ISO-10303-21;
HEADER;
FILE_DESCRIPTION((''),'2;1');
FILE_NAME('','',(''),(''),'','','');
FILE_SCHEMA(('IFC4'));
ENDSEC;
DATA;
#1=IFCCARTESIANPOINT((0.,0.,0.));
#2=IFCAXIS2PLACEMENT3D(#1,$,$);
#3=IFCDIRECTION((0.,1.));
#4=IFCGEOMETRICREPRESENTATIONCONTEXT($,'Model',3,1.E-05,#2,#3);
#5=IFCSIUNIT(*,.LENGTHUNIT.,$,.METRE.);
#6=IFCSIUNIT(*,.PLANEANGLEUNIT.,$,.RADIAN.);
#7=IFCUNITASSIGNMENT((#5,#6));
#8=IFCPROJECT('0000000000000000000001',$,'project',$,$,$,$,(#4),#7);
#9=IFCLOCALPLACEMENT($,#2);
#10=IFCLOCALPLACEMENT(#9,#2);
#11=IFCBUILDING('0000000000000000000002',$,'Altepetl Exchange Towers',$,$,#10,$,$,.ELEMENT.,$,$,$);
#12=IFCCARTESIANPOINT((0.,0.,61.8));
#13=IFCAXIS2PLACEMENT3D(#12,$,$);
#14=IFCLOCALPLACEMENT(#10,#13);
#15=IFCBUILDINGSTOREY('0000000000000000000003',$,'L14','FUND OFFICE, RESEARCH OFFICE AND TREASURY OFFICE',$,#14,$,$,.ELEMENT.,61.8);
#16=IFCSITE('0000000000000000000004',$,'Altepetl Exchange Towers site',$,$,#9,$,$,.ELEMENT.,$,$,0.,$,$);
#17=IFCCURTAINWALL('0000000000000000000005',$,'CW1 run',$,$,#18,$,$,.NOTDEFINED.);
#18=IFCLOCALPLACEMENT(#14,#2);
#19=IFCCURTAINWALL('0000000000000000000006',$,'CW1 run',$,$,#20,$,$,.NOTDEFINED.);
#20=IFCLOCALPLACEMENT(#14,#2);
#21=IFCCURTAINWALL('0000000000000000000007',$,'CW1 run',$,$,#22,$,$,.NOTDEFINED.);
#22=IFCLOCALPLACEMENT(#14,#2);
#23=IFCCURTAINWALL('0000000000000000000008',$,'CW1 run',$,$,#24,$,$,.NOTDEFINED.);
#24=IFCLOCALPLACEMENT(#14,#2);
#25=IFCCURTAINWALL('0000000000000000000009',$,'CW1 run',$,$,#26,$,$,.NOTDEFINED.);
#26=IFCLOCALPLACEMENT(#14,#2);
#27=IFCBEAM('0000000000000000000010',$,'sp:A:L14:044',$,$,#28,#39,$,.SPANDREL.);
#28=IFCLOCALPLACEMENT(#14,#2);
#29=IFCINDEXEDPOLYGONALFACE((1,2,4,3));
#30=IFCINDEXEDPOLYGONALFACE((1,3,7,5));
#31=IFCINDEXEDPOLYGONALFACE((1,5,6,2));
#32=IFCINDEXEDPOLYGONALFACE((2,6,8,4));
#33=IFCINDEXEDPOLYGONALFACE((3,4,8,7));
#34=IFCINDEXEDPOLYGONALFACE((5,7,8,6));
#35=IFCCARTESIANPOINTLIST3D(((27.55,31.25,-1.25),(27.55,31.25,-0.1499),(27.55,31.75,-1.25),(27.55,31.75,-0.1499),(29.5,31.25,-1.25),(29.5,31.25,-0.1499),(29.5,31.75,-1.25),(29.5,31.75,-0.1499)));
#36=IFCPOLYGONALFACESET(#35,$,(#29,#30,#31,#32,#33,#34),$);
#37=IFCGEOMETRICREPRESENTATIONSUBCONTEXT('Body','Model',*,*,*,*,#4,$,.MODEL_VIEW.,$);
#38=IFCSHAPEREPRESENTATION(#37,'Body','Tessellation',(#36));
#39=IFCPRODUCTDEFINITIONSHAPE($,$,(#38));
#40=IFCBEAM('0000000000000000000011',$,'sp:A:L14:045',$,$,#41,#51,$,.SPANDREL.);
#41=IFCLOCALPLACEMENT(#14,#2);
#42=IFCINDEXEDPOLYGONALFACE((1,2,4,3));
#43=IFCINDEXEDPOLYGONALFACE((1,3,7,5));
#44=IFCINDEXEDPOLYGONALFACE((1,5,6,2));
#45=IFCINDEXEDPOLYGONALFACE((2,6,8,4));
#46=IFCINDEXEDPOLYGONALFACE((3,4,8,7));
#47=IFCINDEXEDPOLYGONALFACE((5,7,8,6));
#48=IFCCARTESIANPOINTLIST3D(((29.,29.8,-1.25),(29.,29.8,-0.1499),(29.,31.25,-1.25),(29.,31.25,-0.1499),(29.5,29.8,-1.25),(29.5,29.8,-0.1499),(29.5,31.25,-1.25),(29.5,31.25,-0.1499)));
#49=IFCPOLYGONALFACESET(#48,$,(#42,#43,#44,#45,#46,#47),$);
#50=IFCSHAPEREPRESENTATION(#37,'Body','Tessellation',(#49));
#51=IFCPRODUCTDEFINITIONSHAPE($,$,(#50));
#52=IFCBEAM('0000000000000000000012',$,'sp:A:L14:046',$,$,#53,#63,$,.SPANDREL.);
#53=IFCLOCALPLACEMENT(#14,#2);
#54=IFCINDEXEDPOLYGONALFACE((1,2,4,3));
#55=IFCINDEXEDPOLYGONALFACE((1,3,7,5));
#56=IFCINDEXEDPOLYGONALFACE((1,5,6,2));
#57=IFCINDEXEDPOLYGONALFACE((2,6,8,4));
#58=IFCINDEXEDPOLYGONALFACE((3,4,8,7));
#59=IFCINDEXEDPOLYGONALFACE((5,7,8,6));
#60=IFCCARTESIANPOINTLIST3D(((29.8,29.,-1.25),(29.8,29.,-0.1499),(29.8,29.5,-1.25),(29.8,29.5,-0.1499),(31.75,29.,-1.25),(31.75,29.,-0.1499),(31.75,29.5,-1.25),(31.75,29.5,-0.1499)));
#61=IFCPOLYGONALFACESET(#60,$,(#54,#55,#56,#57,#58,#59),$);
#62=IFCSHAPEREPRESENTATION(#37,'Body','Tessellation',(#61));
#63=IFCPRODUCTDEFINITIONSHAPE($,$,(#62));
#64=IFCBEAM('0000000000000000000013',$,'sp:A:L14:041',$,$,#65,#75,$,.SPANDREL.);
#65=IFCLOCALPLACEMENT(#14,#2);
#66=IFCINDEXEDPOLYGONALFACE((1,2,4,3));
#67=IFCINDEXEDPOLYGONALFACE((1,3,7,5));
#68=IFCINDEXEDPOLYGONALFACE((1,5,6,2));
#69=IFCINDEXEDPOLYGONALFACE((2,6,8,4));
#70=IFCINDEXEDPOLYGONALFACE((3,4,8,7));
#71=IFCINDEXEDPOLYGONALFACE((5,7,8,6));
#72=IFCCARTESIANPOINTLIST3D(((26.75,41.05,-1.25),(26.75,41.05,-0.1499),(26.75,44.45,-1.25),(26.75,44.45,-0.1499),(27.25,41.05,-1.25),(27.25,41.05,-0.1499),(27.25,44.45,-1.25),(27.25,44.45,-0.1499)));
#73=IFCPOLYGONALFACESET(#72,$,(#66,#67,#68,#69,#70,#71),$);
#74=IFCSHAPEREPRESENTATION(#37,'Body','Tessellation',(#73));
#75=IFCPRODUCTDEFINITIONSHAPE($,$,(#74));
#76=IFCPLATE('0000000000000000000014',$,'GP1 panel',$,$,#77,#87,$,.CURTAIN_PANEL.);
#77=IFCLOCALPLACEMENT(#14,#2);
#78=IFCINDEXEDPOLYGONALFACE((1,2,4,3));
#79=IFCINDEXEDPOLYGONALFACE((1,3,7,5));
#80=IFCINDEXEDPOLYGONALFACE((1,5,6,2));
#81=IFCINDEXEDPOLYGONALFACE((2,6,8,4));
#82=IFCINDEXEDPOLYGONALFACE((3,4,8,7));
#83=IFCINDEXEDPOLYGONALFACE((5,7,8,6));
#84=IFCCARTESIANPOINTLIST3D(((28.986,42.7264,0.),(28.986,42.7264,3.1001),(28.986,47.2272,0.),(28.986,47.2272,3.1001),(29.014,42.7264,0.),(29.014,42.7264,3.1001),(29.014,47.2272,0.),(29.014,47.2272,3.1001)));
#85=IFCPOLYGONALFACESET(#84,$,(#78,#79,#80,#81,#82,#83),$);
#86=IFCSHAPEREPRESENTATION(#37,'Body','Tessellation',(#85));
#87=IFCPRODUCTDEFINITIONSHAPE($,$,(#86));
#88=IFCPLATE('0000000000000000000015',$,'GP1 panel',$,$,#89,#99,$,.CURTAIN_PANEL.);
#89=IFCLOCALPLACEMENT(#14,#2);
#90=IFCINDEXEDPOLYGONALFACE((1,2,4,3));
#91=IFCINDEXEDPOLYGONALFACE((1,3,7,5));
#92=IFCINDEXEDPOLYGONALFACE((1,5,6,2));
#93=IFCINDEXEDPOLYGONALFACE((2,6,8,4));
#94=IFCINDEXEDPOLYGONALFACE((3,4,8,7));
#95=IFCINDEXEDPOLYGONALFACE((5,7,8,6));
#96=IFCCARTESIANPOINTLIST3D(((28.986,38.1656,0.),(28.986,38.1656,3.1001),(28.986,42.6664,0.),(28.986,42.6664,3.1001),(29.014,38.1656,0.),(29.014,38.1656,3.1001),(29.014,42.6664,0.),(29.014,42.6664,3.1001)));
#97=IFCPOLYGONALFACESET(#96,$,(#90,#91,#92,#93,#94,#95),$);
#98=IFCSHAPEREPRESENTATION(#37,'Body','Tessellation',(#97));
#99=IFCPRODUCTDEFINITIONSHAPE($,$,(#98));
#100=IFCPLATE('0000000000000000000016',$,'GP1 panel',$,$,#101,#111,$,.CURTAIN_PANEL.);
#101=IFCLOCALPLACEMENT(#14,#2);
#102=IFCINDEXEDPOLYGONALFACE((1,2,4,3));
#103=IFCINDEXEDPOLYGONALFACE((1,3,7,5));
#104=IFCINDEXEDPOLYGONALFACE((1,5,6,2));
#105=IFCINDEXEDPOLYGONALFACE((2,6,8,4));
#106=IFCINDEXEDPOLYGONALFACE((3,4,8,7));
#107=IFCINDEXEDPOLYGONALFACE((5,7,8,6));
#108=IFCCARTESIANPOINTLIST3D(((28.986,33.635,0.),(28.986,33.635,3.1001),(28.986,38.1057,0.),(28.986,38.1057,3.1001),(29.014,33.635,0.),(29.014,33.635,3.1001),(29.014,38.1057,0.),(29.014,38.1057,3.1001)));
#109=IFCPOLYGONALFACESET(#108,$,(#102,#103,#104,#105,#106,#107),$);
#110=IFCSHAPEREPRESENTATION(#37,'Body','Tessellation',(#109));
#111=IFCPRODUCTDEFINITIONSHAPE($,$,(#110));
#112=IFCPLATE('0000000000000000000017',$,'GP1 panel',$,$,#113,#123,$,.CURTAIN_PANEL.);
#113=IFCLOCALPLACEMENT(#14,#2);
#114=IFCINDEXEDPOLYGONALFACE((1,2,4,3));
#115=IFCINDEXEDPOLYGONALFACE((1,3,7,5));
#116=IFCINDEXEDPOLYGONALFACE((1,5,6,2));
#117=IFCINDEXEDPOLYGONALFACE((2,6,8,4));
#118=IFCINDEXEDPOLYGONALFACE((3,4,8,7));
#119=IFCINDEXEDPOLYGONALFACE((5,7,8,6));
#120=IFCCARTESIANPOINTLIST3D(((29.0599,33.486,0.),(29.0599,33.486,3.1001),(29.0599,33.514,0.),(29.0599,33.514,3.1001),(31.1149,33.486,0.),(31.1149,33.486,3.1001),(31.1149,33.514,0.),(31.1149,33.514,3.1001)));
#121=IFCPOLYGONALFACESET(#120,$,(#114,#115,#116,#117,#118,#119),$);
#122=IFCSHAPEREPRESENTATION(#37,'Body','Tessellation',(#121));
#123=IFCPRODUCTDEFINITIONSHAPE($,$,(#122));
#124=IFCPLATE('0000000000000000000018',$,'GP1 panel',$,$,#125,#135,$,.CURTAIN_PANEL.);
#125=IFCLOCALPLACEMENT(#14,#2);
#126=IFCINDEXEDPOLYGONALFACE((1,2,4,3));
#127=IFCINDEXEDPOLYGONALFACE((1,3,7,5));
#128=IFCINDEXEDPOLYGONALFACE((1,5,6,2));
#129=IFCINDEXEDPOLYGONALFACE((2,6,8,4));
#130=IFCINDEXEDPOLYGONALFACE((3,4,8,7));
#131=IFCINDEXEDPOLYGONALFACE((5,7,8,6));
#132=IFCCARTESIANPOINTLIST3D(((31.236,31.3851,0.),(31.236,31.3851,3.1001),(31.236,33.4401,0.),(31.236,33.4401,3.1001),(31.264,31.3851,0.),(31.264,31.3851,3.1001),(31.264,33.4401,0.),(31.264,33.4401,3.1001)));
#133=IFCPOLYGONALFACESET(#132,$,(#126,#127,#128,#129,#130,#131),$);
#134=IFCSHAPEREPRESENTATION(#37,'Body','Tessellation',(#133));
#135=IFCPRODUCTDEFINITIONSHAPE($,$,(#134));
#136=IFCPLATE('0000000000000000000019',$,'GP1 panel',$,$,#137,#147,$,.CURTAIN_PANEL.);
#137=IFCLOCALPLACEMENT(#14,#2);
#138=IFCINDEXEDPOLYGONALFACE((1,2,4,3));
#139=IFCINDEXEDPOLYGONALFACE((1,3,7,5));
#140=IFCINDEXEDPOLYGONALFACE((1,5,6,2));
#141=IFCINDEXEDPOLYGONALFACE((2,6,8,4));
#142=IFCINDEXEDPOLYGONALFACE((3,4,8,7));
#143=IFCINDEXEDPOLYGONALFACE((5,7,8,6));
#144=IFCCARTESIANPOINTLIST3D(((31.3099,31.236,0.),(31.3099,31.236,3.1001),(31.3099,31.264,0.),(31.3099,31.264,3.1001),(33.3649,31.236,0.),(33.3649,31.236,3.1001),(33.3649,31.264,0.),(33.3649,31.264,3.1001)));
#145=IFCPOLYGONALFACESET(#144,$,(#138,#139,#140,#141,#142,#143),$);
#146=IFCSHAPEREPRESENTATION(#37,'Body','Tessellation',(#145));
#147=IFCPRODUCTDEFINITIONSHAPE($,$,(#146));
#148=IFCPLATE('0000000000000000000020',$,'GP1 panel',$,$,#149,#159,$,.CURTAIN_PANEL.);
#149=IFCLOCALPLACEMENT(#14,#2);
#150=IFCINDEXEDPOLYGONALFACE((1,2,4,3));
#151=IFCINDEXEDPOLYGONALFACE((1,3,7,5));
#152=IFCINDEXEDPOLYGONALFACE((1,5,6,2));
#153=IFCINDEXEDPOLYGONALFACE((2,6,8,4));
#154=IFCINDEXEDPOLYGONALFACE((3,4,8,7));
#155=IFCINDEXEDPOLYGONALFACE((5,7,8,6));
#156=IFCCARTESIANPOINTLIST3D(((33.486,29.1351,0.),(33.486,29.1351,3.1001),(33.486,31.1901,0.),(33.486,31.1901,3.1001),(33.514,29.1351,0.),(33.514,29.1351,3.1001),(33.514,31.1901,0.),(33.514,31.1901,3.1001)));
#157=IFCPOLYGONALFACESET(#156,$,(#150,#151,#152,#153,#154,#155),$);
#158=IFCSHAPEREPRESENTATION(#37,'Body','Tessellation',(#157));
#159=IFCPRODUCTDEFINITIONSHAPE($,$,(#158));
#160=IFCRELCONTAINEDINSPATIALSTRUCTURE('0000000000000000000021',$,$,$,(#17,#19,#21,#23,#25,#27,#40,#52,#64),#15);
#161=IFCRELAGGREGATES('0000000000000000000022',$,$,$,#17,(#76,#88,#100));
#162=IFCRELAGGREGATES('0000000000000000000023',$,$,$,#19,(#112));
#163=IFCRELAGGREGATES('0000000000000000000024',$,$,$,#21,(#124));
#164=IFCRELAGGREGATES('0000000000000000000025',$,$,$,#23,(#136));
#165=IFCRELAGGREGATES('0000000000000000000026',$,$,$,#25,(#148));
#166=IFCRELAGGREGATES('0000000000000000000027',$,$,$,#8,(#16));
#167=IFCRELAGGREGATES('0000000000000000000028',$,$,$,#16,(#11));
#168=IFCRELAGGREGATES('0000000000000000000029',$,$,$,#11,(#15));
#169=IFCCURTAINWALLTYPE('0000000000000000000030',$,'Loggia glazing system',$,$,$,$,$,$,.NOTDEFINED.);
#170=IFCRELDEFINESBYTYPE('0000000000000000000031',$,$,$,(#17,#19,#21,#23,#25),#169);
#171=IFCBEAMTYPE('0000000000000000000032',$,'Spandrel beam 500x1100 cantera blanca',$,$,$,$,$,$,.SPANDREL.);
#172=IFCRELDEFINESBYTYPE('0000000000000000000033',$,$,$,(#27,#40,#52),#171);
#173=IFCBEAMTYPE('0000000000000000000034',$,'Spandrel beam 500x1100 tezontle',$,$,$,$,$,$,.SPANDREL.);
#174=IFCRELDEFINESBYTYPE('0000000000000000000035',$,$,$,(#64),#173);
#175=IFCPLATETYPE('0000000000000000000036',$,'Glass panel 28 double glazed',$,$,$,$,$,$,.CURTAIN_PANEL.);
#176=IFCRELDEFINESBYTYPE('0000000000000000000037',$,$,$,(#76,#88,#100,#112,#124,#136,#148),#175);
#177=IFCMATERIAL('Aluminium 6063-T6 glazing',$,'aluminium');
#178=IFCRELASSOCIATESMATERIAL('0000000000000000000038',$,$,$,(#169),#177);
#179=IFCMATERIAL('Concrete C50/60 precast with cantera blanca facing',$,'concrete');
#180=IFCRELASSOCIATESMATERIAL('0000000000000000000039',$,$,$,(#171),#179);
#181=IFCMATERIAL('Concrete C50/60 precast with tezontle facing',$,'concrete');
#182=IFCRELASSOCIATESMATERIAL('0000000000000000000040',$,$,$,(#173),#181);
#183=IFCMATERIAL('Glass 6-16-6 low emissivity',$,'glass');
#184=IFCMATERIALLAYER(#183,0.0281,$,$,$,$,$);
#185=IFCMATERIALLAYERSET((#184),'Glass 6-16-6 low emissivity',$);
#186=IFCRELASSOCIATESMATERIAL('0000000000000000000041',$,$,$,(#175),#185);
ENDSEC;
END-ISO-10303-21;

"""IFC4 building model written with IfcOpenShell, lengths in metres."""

from ifc_helpers import new_model, si_unit, direction, frame, origin, origin_2d, place, context, subcontext, project, spatial, rectangle, extrude, material, layer, layer_set, material_profile, profile_set, type_object, element, aggregate, save


model = new_model("IFC4")

# Units and contexts
model_context = context("Model", 3, precision=1e-05, world=origin(), true_north=direction((0.0, 1.0)))
body_context = subcontext(model_context, "Body", "Model", "MODEL_VIEW")
ifc_project = project(units=[si_unit("LENGTHUNIT", "METRE"), si_unit("PLANEANGLEUNIT", "RADIAN")], contexts=[model_context])

# Site, building, storey
site_placement = place(None, origin())
site = spatial("IfcSite", under=ifc_project, at=site_placement, Name="Altepetl Exchange Towers site", CompositionType="ELEMENT", RefElevation=0.0)
building_placement = place(site_placement, origin())
building = spatial("IfcBuilding", under=site, at=building_placement, Name="Altepetl Exchange Towers", CompositionType="ELEMENT")
storey_placement = place(building_placement, frame((0.0, 0.0, 61.8)))
storey = spatial("IfcBuildingStorey", under=building, at=storey_placement, Name="L14", Description="FUND OFFICE, RESEARCH OFFICE AND TREASURY OFFICE", CompositionType="ELEMENT", Elevation=61.8)

# Curtain walls
ifc_material_1 = material(Name="Aluminium 6063-T6 glazing", Category="aluminium")
curtain_wall_type = type_object("IfcCurtainWallType", Name="Loggia glazing system", PredefinedType="NOTDEFINED", material=ifc_material_1)
curtain_wall_1_placement = place(storey_placement, origin())
curtain_wall_1 = element("IfcCurtainWall", 1, at=curtain_wall_1_placement, inside=storey, type_object=curtain_wall_type, Name="CW1 run", PredefinedType="NOTDEFINED")
curtain_wall_2_placement = place(storey_placement, origin())
curtain_wall_2 = element("IfcCurtainWall", 2, at=curtain_wall_2_placement, inside=storey, type_object=curtain_wall_type, Name="CW1 run", PredefinedType="NOTDEFINED")
curtain_wall_3_placement = place(storey_placement, origin())
curtain_wall_3 = element("IfcCurtainWall", 3, at=curtain_wall_3_placement, inside=storey, type_object=curtain_wall_type, Name="CW1 run", PredefinedType="NOTDEFINED")
curtain_wall_4_placement = place(storey_placement, origin())
curtain_wall_4 = element("IfcCurtainWall", 4, at=curtain_wall_4_placement, inside=storey, type_object=curtain_wall_type, Name="CW1 run", PredefinedType="NOTDEFINED")

# Curtain wall
curtain_wall_5_placement = place(storey_placement, origin())
curtain_wall_5 = element("IfcCurtainWall", 5, at=curtain_wall_5_placement, inside=storey, type_object=curtain_wall_type, Name="CW1 run", PredefinedType="NOTDEFINED")

# Beams
ifc_material_2 = material(Name="Concrete C50/60 precast with cantera blanca facing", Category="concrete")
ifc_material_profile_1 = material_profile(ifc_material_2, rectangle(XDim=0.5, YDim=1.1001, at=origin_2d()), Name="500 x 1100")
ifc_profile_set_1 = profile_set([ifc_material_profile_1], Name="Concrete C50/60 precast with cantera blanca facing")
beam_type_1 = type_object("IfcBeamType", Name="Spandrel beam 500x1100 cantera blanca", PredefinedType="SPANDREL", material=ifc_profile_set_1)
beam_1_placement = place(storey_placement, frame((27.55, 31.5, -0.7), z_axis=(1.0, 0.0, 0.0), x_axis=(0.0, 1.0, 0.0)))
element("IfcBeam", 6, at=beam_1_placement, inside=storey, type_object=beam_type_1, Name="sp:A:L14:044", PredefinedType="SPANDREL", context=body_context, shape_type="SweptSolid", body=[
    extrude(rectangle(XDim=0.5, YDim=1.1001, at=origin_2d()), origin(), (0.0, 0.0, 1.0), 1.95),
])
beam_2_placement = place(storey_placement, frame((29.25, 31.25, -0.7), z_axis=(0.0, -1.0, 0.0), x_axis=(1.0, 0.0, 0.0)))
element("IfcBeam", 7, at=beam_2_placement, inside=storey, type_object=beam_type_1, Name="sp:A:L14:045", PredefinedType="SPANDREL", context=body_context, shape_type="SweptSolid", body=[
    extrude(rectangle(XDim=0.5, YDim=1.1001, at=origin_2d()), origin(), (0.0, 0.0, 1.0), 1.45),
])
beam_3_placement = place(storey_placement, frame((29.8, 29.25, -0.7), z_axis=(1.0, 0.0, 0.0), x_axis=(0.0, 1.0, 0.0)))
element("IfcBeam", 8, at=beam_3_placement, inside=storey, type_object=beam_type_1, Name="sp:A:L14:046", PredefinedType="SPANDREL", context=body_context, shape_type="SweptSolid", body=[
    extrude(rectangle(XDim=0.5, YDim=1.1001, at=origin_2d()), origin(), (0.0, 0.0, 1.0), 1.95),
])
ifc_material_3 = material(Name="Concrete C50/60 precast with tezontle facing", Category="concrete")
ifc_material_profile_2 = material_profile(ifc_material_3, rectangle(XDim=0.5, YDim=1.1001, at=origin_2d()), Name="500 x 1100")
ifc_profile_set_2 = profile_set([ifc_material_profile_2], Name="Concrete C50/60 precast with tezontle facing")
beam_type_2 = type_object("IfcBeamType", Name="Spandrel beam 500x1100 tezontle", PredefinedType="SPANDREL", material=ifc_profile_set_2)
beam_4_placement = place(storey_placement, frame((27.0, 44.45, -0.7), z_axis=(0.0, -1.0, 0.0), x_axis=(1.0, 0.0, 0.0)))
element("IfcBeam", 9, at=beam_4_placement, inside=storey, type_object=beam_type_2, Name="sp:A:L14:041", PredefinedType="SPANDREL", context=body_context, shape_type="SweptSolid", body=[
    extrude(rectangle(XDim=0.5, YDim=1.1001, at=origin_2d()), origin(), (0.0, 0.0, 1.0), 3.3999),
])

# Plates
ifc_material_4 = material(Name="Glass 6-16-6 low emissivity", Category="glass")
ifc_layer = layer(ifc_material_4, 0.0281)
ifc_layer_set = layer_set([ifc_layer], Name="Glass 6-16-6 low emissivity")
plate_type = type_object("IfcPlateType", Name="Glass panel 28 double glazed", PredefinedType="CURTAIN_PANEL", material=ifc_layer_set)
plate_1_placement = place(storey_placement, frame((29.0, 44.9768, 0.0), z_axis=(0.0, 0.0, 1.0), x_axis=(0.0, -1.0, 0.0)))
plate_1 = element("IfcPlate", 10, at=plate_1_placement, type_object=plate_type, Name="GP1 panel", PredefinedType="CURTAIN_PANEL", context=body_context, shape_type="SweptSolid", body=[
    extrude(rectangle(XDim=4.5007, YDim=0.0281, at=origin_2d()), origin(), (0.0, 0.0, 1.0), 3.1001),
])
plate_2_placement = place(storey_placement, frame((29.0, 40.416, 0.0), z_axis=(0.0, 0.0, 1.0), x_axis=(0.0, -1.0, 0.0)))
plate_2 = element("IfcPlate", 11, at=plate_2_placement, type_object=plate_type, Name="GP1 panel", PredefinedType="CURTAIN_PANEL", context=body_context, shape_type="SweptSolid", body=[
    extrude(rectangle(XDim=4.5007, YDim=0.0281, at=origin_2d()), origin(), (0.0, 0.0, 1.0), 3.1001),
])
plate_3_placement = place(storey_placement, frame((29.0, 35.8704, 0.0), z_axis=(0.0, 0.0, 1.0), x_axis=(0.0, -1.0, 0.0)))
plate_3 = element("IfcPlate", 12, at=plate_3_placement, type_object=plate_type, Name="GP1 panel", PredefinedType="CURTAIN_PANEL", context=body_context, shape_type="SweptSolid", body=[
    extrude(rectangle(XDim=4.4707, YDim=0.0281, at=origin_2d()), origin(), (0.0, 0.0, 1.0), 3.1001),
])
aggregate(curtain_wall_1, [plate_1, plate_2, plate_3])
plate_4_placement = place(storey_placement, frame((30.0874, 33.5, 0.0)))
plate_4 = element("IfcPlate", 13, at=plate_4_placement, type_object=plate_type, Name="GP1 panel", PredefinedType="CURTAIN_PANEL", context=body_context, shape_type="SweptSolid", body=[
    extrude(rectangle(XDim=2.0549, YDim=0.0281, at=origin_2d()), origin(), (0.0, 0.0, 1.0), 3.1001),
])
aggregate(curtain_wall_2, [plate_4])
plate_5_placement = place(storey_placement, frame((31.25, 32.4126, 0.0), z_axis=(0.0, 0.0, 1.0), x_axis=(0.0, -1.0, 0.0)))
plate_5 = element("IfcPlate", 14, at=plate_5_placement, type_object=plate_type, Name="GP1 panel", PredefinedType="CURTAIN_PANEL", context=body_context, shape_type="SweptSolid", body=[
    extrude(rectangle(XDim=2.0549, YDim=0.0281, at=origin_2d()), origin(), (0.0, 0.0, 1.0), 3.1001),
])
aggregate(curtain_wall_3, [plate_5])
plate_6_placement = place(storey_placement, frame((32.3374, 31.25, 0.0)))
plate_6 = element("IfcPlate", 15, at=plate_6_placement, type_object=plate_type, Name="GP1 panel", PredefinedType="CURTAIN_PANEL", context=body_context, shape_type="SweptSolid", body=[
    extrude(rectangle(XDim=2.0549, YDim=0.0281, at=origin_2d()), origin(), (0.0, 0.0, 1.0), 3.1001),
])
aggregate(curtain_wall_4, [plate_6])
plate_7_placement = place(storey_placement, frame((33.5, 30.1626, 0.0), z_axis=(0.0, 0.0, 1.0), x_axis=(0.0, -1.0, 0.0)))
plate_7 = element("IfcPlate", 16, at=plate_7_placement, type_object=plate_type, Name="GP1 panel", PredefinedType="CURTAIN_PANEL", context=body_context, shape_type="SweptSolid", body=[
    extrude(rectangle(XDim=2.0549, YDim=0.0281, at=origin_2d()), origin(), (0.0, 0.0, 1.0), 3.1001),
])
aggregate(curtain_wall_5, [plate_7])

save(model, "model.ifc")
